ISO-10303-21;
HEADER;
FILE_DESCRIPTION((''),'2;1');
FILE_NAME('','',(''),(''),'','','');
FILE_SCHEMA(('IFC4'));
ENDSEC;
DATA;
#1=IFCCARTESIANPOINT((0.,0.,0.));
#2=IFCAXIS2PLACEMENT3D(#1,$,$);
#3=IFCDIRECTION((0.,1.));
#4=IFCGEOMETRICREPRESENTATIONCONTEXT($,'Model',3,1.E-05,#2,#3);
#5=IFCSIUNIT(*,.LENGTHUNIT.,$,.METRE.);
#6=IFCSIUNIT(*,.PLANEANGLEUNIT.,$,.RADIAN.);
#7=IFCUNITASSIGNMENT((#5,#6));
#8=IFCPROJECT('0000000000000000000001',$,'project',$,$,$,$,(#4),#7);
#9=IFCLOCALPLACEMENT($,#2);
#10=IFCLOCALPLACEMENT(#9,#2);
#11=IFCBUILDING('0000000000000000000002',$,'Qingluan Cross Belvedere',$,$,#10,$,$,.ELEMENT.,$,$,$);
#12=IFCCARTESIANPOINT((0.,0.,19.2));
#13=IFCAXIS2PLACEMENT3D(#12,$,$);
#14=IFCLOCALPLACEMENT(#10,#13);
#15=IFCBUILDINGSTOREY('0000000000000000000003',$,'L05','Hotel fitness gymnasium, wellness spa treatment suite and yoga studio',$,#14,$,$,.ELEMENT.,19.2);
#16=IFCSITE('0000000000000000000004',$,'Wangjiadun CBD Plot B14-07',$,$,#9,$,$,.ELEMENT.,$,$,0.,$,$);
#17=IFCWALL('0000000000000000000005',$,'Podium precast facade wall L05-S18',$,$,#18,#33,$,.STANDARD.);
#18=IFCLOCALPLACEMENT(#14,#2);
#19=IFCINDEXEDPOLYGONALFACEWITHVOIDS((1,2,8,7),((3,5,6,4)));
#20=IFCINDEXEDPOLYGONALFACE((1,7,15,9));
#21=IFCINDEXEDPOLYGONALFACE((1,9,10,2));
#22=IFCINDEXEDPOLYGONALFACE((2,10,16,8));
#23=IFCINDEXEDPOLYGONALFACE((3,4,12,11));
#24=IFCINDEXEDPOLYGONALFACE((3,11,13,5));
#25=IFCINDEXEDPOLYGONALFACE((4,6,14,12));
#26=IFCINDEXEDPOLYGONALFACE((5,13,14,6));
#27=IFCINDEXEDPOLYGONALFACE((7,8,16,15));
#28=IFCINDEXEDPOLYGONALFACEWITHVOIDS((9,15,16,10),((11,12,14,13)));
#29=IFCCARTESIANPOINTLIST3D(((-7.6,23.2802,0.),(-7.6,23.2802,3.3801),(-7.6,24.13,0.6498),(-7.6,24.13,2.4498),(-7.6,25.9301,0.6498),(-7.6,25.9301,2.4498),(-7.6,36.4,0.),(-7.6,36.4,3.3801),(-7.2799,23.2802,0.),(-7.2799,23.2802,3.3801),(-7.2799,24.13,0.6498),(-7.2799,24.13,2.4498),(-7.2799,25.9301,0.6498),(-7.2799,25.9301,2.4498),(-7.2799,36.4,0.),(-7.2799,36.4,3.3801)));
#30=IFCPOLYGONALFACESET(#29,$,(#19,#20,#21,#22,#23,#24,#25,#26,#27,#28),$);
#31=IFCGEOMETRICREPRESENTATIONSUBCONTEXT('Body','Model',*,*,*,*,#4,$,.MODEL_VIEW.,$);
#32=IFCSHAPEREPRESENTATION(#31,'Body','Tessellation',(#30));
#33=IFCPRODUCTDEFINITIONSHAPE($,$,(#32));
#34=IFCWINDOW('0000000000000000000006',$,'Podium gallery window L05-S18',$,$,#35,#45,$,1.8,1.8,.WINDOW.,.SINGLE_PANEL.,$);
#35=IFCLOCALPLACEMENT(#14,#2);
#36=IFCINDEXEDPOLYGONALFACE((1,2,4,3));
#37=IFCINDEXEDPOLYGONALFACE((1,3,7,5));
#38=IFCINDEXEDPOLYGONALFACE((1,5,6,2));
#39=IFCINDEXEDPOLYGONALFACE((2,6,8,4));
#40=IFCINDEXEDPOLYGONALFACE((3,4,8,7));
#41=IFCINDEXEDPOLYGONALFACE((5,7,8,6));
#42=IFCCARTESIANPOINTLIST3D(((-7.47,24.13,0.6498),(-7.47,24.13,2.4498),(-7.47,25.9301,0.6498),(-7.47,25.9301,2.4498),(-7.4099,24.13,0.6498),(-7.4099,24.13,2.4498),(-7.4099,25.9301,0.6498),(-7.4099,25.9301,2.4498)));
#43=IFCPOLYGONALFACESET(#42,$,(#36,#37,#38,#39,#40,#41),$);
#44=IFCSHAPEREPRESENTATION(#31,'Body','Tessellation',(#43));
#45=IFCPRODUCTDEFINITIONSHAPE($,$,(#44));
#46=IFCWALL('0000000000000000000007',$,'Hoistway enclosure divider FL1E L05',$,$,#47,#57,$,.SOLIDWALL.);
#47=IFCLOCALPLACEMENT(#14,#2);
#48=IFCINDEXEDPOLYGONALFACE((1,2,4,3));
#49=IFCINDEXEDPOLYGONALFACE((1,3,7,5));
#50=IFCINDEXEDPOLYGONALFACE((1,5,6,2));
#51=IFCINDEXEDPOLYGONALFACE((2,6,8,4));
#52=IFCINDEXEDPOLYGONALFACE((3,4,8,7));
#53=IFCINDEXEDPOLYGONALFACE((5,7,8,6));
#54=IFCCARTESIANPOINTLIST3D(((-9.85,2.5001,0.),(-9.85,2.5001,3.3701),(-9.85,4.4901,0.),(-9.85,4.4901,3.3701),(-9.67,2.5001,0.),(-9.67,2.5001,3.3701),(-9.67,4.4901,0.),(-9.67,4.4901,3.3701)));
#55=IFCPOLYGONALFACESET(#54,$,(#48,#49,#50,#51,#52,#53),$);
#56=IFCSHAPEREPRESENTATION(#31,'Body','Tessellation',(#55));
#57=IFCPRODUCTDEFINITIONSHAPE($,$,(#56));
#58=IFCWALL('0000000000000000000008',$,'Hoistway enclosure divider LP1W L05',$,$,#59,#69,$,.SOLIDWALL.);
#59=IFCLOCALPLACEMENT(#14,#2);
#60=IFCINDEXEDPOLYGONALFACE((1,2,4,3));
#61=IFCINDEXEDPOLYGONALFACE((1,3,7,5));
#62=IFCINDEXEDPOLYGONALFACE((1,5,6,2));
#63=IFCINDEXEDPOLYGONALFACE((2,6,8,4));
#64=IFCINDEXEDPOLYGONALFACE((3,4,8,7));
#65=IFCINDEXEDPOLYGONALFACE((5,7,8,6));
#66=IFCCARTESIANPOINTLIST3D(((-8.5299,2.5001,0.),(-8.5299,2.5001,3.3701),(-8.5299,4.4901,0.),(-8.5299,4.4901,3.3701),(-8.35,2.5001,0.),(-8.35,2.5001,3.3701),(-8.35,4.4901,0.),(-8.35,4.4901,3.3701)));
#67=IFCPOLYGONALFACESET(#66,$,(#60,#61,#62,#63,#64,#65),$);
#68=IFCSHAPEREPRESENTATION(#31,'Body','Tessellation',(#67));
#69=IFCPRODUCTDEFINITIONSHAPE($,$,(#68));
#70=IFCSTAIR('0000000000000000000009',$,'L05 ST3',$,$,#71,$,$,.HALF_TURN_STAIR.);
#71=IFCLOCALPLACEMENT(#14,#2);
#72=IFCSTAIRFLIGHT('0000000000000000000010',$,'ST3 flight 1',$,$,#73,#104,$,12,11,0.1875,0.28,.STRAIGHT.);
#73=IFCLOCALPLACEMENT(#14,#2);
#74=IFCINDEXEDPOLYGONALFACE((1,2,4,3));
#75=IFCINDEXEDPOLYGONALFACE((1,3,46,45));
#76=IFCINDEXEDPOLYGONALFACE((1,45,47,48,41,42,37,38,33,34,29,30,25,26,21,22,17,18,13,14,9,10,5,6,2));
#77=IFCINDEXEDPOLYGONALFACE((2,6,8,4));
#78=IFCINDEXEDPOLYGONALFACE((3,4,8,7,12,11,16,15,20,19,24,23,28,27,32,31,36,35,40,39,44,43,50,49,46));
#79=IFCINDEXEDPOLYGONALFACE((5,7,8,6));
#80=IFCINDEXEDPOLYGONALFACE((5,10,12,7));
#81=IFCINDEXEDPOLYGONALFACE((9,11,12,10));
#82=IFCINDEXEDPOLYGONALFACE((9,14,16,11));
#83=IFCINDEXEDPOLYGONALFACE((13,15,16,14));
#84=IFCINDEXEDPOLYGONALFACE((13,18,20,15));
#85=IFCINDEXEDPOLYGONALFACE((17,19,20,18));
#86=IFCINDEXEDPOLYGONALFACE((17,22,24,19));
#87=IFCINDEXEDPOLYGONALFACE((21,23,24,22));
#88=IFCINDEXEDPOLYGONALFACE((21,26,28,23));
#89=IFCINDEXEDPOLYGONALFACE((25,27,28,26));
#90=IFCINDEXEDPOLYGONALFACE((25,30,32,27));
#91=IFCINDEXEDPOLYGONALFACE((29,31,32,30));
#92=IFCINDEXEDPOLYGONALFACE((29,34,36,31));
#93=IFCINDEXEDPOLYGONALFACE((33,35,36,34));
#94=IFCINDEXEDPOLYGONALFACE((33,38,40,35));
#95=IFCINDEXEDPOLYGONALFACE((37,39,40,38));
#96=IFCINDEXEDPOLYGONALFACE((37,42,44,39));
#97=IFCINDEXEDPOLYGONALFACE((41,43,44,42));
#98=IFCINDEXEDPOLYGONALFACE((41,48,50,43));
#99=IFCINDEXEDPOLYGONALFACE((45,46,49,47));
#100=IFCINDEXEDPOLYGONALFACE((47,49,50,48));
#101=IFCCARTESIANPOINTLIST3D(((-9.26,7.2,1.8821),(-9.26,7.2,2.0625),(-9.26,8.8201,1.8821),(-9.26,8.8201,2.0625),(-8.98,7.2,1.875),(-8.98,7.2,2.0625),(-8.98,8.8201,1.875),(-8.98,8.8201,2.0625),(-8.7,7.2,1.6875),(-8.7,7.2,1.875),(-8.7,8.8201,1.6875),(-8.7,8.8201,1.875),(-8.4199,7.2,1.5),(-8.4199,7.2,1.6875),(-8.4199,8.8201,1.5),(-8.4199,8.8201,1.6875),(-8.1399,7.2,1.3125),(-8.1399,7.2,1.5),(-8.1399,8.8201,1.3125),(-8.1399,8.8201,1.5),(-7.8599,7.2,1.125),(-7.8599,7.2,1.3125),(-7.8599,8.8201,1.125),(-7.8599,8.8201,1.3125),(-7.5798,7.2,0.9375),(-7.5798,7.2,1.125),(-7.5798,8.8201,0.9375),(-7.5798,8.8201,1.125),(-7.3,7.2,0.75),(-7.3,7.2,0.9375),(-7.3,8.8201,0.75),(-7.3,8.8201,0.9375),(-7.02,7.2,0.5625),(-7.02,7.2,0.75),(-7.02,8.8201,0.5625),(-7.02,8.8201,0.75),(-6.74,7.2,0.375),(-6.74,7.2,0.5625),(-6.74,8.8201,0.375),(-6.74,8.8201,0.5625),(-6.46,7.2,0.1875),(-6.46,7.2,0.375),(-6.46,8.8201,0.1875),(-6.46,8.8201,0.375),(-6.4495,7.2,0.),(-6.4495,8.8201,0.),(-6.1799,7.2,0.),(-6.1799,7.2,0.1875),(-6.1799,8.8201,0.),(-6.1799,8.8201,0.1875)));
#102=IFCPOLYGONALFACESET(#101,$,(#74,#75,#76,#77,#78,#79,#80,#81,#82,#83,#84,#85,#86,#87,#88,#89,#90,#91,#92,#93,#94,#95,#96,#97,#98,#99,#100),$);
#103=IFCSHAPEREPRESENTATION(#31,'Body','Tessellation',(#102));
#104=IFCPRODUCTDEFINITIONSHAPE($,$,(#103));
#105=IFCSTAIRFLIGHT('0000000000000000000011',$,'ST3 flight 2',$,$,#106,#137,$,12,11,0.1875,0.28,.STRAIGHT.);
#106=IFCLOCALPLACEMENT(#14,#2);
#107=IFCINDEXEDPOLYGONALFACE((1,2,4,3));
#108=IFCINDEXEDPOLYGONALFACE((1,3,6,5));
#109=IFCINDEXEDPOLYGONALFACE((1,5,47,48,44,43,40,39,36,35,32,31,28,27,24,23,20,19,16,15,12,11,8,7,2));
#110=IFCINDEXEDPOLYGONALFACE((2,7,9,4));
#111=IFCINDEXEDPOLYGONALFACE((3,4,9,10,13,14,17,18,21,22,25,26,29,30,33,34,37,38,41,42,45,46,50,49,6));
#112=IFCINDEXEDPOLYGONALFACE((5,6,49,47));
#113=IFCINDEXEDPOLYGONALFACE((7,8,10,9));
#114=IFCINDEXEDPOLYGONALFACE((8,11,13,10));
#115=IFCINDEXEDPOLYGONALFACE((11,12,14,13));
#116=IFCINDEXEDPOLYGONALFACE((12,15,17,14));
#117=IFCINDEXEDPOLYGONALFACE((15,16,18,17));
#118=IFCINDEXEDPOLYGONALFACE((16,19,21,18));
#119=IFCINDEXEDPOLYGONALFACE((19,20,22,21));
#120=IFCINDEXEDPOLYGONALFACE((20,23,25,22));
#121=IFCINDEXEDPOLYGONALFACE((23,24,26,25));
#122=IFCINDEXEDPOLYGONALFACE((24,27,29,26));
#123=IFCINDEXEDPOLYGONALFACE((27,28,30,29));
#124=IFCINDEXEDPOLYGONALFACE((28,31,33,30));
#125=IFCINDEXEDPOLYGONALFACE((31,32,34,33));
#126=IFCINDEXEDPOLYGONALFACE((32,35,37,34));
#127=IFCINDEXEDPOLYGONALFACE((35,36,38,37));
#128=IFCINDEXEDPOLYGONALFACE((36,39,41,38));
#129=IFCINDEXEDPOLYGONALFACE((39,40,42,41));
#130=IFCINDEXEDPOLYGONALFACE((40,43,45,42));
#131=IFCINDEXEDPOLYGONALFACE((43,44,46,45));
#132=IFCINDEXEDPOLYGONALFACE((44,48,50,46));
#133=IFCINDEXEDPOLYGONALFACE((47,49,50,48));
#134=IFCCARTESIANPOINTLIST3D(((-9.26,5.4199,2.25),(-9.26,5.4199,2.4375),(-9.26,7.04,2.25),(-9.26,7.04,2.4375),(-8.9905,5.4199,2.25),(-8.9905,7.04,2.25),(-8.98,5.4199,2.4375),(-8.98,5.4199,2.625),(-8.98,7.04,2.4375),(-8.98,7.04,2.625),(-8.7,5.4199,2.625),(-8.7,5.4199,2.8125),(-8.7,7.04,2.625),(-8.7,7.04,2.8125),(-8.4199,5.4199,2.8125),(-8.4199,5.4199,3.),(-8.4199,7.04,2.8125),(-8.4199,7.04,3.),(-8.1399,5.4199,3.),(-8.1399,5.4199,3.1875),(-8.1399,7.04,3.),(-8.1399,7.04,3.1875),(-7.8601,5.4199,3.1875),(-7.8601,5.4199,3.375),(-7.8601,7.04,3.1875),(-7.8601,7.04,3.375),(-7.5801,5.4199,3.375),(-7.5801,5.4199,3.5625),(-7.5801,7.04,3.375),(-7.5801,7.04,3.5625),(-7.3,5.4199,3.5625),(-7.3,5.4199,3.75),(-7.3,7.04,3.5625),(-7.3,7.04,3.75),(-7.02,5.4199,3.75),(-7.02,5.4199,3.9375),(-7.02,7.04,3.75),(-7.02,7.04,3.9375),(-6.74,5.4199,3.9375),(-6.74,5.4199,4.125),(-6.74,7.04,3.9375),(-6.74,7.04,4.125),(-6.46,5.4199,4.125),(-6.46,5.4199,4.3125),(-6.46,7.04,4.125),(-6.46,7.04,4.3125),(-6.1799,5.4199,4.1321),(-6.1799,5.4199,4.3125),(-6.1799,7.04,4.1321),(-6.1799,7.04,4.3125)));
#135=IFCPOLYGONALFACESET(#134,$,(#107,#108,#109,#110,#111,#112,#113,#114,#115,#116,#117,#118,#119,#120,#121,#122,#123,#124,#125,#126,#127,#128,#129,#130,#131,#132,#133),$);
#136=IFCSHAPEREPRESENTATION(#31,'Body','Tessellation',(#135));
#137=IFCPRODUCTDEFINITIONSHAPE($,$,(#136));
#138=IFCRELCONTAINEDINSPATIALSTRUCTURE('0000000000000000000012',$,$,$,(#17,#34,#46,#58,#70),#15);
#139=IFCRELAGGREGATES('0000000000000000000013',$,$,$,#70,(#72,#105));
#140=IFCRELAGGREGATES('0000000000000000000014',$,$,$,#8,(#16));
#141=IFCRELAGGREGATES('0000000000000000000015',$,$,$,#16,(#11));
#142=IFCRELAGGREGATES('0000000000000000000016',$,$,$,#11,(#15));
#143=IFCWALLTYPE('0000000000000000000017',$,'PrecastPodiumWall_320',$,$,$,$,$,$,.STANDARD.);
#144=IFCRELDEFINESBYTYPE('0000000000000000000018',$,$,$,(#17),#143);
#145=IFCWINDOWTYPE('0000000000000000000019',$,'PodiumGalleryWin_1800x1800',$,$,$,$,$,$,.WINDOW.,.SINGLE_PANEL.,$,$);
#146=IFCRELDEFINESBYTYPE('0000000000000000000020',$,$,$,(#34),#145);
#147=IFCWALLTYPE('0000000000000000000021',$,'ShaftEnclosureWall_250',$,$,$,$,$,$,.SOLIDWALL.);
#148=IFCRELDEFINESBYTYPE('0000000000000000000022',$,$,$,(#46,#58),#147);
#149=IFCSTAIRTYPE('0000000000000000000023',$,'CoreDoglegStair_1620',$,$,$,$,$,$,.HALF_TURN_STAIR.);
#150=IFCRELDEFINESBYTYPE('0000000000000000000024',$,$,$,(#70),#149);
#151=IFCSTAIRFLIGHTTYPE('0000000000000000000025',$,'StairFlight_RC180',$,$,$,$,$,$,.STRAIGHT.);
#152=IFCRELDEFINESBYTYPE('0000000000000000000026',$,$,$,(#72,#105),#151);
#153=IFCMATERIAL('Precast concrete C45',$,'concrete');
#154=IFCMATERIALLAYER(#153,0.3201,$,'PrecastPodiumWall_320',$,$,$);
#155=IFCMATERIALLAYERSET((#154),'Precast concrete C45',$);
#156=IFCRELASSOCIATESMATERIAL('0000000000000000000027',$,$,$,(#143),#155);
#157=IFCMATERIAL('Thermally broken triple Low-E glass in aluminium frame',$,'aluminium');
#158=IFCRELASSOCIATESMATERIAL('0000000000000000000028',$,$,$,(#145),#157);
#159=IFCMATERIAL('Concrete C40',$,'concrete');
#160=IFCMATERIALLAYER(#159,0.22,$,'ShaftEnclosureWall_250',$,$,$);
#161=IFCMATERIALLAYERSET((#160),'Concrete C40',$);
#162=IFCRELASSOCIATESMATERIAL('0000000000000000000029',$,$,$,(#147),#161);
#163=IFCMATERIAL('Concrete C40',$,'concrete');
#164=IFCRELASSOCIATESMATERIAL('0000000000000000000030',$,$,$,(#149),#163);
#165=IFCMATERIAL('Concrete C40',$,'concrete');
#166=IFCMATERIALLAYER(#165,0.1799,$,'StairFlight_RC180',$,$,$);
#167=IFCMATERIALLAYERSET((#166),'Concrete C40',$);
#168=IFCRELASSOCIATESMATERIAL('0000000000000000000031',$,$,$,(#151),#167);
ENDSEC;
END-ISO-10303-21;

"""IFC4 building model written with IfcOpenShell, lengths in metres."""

from ifc_helpers import new_model, si_unit, direction, frame, frame_2d, origin, place, context, subcontext, project, spatial, polyline, rectangle, outline, extrude, material, layer, layer_set, type_object, element, fill, aggregate, save


model = new_model("IFC4")

# Units and contexts
model_context = context("Model", 3, precision=1e-05, world=origin(), true_north=direction((0.0, 1.0)))
body_context = subcontext(model_context, "Body", "Model", "MODEL_VIEW")
ifc_project = project(units=[si_unit("LENGTHUNIT", "METRE"), si_unit("PLANEANGLEUNIT", "RADIAN")], contexts=[model_context])

# Site, building, storey
site_placement = place(None, origin())
site = spatial("IfcSite", under=ifc_project, at=site_placement, Name="Wangjiadun CBD Plot B14-07", CompositionType="ELEMENT", RefElevation=0.0)
building_placement = place(site_placement, origin())
building = spatial("IfcBuilding", under=site, at=building_placement, Name="Qingluan Cross Belvedere", CompositionType="ELEMENT")
storey_placement = place(building_placement, frame((0.0, 0.0, 19.2)))
storey = spatial("IfcBuildingStorey", under=building, at=storey_placement, Name="L05", Description="Hotel fitness gymnasium, wellness spa treatment suite and yoga studio", CompositionType="ELEMENT", Elevation=19.2)

# Wall, opening, window
ifc_material_1 = material(Name="Precast concrete C45", Category="concrete")
ifc_layer_1 = layer(ifc_material_1, 0.3201, Name="PrecastPodiumWall_320")
ifc_layer_set_1 = layer_set([ifc_layer_1], Name="Precast concrete C45")
wall_type_1 = type_object("IfcWallType", Name="PrecastPodiumWall_320", PredefinedType="STANDARD", material=ifc_layer_set_1)
wall_1_placement = place(storey_placement, frame((-7.4399, 23.28, 0.0), z_axis=(0.0, 0.0, 1.0), x_axis=(0.0, 1.0, 0.0)))
wall_1 = element("IfcWall", 1, at=wall_1_placement, inside=storey, type_object=wall_type_1, Name="Podium precast facade wall L05-S18", PredefinedType="STANDARD", context=body_context, shape_type="SweptSolid", body=[
    extrude(rectangle(XDim=13.1199, YDim=0.3201, at=frame_2d((6.5601, 0.0))), origin(), (0.0, 0.0, 1.0), 3.3801),
])
opening_1_placement = place(wall_1_placement, frame((0.8501, 0.0, 0.6499)))
opening_1 = element("IfcOpeningElement", 2, at=opening_1_placement, cuts=wall_1, PredefinedType="OPENING", context=body_context, shape_type="SweptSolid", body=[
    extrude(rectangle(XDim=1.8, YDim=1.8, at=frame_2d((0.8999, 0.8999))), frame((0.0, 0.1699, 0.0), z_axis=(0.0, -1.0, 0.0), x_axis=(1.0, 0.0, 0.0)), (0.0, 0.0, 1.0), 0.3401),
])
ifc_material_2 = material(Name="Thermally broken triple Low-E glass in aluminium frame", Category="aluminium")
window_type = type_object("IfcWindowType", Name="PodiumGalleryWin_1800x1800", PartitioningType="SINGLE_PANEL", PredefinedType="WINDOW", material=ifc_material_2)
window_placement = place(opening_1_placement, origin())
window = element("IfcWindow", 3, at=window_placement, inside=storey, type_object=window_type, Name="Podium gallery window L05-S18", OverallHeight=1.8, OverallWidth=1.8, PartitioningType="SINGLE_PANEL", PredefinedType="WINDOW", context=body_context, shape_type="SweptSolid", body=[
    extrude(rectangle(XDim=1.8, YDim=1.8, at=frame_2d((0.8999, 0.8999))), frame((0.0, 0.03, 0.0), z_axis=(0.0, -1.0, 0.0), x_axis=(1.0, 0.0, 0.0)), (0.0, 0.0, 1.0), 0.0601),
])
fill(opening_1, window)

# Walls
ifc_material_3 = material(Name="Concrete C40", Category="concrete")
ifc_layer_2 = layer(ifc_material_3, 0.22, Name="ShaftEnclosureWall_250")
ifc_layer_set_2 = layer_set([ifc_layer_2], Name="Concrete C40")
wall_type_2 = type_object("IfcWallType", Name="ShaftEnclosureWall_250", PredefinedType="SOLIDWALL", material=ifc_layer_set_2)
for number, where, z_axis, x_axis, name in (
    (4, (-9.76, 2.5, 0.0), (0.0, 0.0, 1.0), (0.0, 1.0, 0.0), "Hoistway enclosure divider FL1E L05"),
    (5, (-8.4399, 2.5, 0.0), (0.0, 0.0, 1.0), (0.0, 1.0, 0.0), "Hoistway enclosure divider LP1W L05"),
):
    element("IfcWall", number, at=place(storey_placement, frame(where, z_axis=z_axis, x_axis=x_axis)), inside=storey, type_object=wall_type_2, Name=name, PredefinedType="SOLIDWALL", context=body_context, shape_type="SweptSolid", body=[
        extrude(rectangle(XDim=1.99, YDim=0.1799, at=frame_2d((0.9951, 0.0))), origin(), (0.0, 0.0, 1.0), 3.3701),
    ])

# Stair, stair flights
ifc_material_4 = material(Name="Concrete C40", Category="concrete")
stair_type = type_object("IfcStairType", Name="CoreDoglegStair_1620", PredefinedType="HALF_TURN_STAIR", material=ifc_material_4)
stair_placement = place(storey_placement, origin())
stair = element("IfcStair", 6, at=stair_placement, inside=storey, type_object=stair_type, Name="L05 ST3", PredefinedType="HALF_TURN_STAIR")
ifc_material_5 = material(Name="Concrete C40", Category="concrete")
ifc_layer_3 = layer(ifc_material_5, 0.1799, Name="StairFlight_RC180")
ifc_layer_set_3 = layer_set([ifc_layer_3], Name="Concrete C40")
stair_flight_type = type_object("IfcStairFlightType", Name="StairFlight_RC180", PredefinedType="STRAIGHT", material=ifc_layer_set_3)
stair_flight_1_placement = place(storey_placement, frame((-6.1799, 8.01, 0.0), z_axis=(0.0, 0.0, 1.0), x_axis=(-1.0, 0.0, 0.0)))
stair_flight_1 = element("IfcStairFlight", 7, at=stair_flight_1_placement, type_object=stair_flight_type, Name="ST3 flight 1", NumberOfRisers=12, NumberOfTreads=11, PredefinedType="STRAIGHT", RiserHeight=0.1875, TreadLength=0.28, context=body_context, shape_type="SweptSolid", body=[
    extrude(outline(polyline([(0.0, 0.0), (0.0, 0.1875), (0.28, 0.1875), (0.28, 0.375), (0.5601, 0.375), (0.5601, 0.5625), (0.8401, 0.5625), (0.8401, 0.75), (1.1201, 0.75), (1.1201, 0.9375), (1.3999, 0.9375), (1.3999, 1.125), (1.6799, 1.125), (1.6799, 1.3125), (1.96, 1.3125), (1.96, 1.5), (2.24, 1.5), (2.24, 1.6875), (2.52, 1.6875), (2.52, 1.875), (2.8, 1.875), (2.8, 2.0625), (3.0801, 2.0625), (3.0801, 2.25), (3.0801, 1.8821), (0.2695, 0.0), (0.0, 0.0)])), frame((0.0, 0.8101, 0.0), z_axis=(0.0, -1.0, 0.0), x_axis=(1.0, 0.0, 0.0)), (0.0, 0.0, 1.0), 1.6201),
])
stair_flight_2_placement = place(storey_placement, frame((-9.26, 6.23, 2.25), z_axis=(0.0, 0.0, 1.0), x_axis=(1.0, 0.0, 0.0)))
stair_flight_2 = element("IfcStairFlight", 8, at=stair_flight_2_placement, type_object=stair_flight_type, Name="ST3 flight 2", NumberOfRisers=12, NumberOfTreads=11, PredefinedType="STRAIGHT", RiserHeight=0.1875, TreadLength=0.28, context=body_context, shape_type="SweptSolid", body=[
    extrude(outline(polyline([(0.0, 0.0), (0.0, 0.1875), (0.28, 0.1875), (0.28, 0.375), (0.5601, 0.375), (0.5601, 0.5625), (0.8401, 0.5625), (0.8401, 0.75), (1.1201, 0.75), (1.1201, 0.9375), (1.3999, 0.9375), (1.3999, 1.125), (1.6799, 1.125), (1.6799, 1.3125), (1.96, 1.3125), (1.96, 1.5), (2.24, 1.5), (2.24, 1.6875), (2.52, 1.6875), (2.52, 1.875), (2.8, 1.875), (2.8, 2.0625), (3.0801, 2.0625), (3.0801, 2.25), (3.0801, 1.8821), (0.2695, 0.0), (0.0, 0.0)])), frame((0.0, 0.8101, 0.0), z_axis=(0.0, -1.0, 0.0), x_axis=(1.0, 0.0, 0.0)), (0.0, 0.0, 1.0), 1.6201),
])
aggregate(stair, [stair_flight_1, stair_flight_2])

save(model, "model.ifc")
